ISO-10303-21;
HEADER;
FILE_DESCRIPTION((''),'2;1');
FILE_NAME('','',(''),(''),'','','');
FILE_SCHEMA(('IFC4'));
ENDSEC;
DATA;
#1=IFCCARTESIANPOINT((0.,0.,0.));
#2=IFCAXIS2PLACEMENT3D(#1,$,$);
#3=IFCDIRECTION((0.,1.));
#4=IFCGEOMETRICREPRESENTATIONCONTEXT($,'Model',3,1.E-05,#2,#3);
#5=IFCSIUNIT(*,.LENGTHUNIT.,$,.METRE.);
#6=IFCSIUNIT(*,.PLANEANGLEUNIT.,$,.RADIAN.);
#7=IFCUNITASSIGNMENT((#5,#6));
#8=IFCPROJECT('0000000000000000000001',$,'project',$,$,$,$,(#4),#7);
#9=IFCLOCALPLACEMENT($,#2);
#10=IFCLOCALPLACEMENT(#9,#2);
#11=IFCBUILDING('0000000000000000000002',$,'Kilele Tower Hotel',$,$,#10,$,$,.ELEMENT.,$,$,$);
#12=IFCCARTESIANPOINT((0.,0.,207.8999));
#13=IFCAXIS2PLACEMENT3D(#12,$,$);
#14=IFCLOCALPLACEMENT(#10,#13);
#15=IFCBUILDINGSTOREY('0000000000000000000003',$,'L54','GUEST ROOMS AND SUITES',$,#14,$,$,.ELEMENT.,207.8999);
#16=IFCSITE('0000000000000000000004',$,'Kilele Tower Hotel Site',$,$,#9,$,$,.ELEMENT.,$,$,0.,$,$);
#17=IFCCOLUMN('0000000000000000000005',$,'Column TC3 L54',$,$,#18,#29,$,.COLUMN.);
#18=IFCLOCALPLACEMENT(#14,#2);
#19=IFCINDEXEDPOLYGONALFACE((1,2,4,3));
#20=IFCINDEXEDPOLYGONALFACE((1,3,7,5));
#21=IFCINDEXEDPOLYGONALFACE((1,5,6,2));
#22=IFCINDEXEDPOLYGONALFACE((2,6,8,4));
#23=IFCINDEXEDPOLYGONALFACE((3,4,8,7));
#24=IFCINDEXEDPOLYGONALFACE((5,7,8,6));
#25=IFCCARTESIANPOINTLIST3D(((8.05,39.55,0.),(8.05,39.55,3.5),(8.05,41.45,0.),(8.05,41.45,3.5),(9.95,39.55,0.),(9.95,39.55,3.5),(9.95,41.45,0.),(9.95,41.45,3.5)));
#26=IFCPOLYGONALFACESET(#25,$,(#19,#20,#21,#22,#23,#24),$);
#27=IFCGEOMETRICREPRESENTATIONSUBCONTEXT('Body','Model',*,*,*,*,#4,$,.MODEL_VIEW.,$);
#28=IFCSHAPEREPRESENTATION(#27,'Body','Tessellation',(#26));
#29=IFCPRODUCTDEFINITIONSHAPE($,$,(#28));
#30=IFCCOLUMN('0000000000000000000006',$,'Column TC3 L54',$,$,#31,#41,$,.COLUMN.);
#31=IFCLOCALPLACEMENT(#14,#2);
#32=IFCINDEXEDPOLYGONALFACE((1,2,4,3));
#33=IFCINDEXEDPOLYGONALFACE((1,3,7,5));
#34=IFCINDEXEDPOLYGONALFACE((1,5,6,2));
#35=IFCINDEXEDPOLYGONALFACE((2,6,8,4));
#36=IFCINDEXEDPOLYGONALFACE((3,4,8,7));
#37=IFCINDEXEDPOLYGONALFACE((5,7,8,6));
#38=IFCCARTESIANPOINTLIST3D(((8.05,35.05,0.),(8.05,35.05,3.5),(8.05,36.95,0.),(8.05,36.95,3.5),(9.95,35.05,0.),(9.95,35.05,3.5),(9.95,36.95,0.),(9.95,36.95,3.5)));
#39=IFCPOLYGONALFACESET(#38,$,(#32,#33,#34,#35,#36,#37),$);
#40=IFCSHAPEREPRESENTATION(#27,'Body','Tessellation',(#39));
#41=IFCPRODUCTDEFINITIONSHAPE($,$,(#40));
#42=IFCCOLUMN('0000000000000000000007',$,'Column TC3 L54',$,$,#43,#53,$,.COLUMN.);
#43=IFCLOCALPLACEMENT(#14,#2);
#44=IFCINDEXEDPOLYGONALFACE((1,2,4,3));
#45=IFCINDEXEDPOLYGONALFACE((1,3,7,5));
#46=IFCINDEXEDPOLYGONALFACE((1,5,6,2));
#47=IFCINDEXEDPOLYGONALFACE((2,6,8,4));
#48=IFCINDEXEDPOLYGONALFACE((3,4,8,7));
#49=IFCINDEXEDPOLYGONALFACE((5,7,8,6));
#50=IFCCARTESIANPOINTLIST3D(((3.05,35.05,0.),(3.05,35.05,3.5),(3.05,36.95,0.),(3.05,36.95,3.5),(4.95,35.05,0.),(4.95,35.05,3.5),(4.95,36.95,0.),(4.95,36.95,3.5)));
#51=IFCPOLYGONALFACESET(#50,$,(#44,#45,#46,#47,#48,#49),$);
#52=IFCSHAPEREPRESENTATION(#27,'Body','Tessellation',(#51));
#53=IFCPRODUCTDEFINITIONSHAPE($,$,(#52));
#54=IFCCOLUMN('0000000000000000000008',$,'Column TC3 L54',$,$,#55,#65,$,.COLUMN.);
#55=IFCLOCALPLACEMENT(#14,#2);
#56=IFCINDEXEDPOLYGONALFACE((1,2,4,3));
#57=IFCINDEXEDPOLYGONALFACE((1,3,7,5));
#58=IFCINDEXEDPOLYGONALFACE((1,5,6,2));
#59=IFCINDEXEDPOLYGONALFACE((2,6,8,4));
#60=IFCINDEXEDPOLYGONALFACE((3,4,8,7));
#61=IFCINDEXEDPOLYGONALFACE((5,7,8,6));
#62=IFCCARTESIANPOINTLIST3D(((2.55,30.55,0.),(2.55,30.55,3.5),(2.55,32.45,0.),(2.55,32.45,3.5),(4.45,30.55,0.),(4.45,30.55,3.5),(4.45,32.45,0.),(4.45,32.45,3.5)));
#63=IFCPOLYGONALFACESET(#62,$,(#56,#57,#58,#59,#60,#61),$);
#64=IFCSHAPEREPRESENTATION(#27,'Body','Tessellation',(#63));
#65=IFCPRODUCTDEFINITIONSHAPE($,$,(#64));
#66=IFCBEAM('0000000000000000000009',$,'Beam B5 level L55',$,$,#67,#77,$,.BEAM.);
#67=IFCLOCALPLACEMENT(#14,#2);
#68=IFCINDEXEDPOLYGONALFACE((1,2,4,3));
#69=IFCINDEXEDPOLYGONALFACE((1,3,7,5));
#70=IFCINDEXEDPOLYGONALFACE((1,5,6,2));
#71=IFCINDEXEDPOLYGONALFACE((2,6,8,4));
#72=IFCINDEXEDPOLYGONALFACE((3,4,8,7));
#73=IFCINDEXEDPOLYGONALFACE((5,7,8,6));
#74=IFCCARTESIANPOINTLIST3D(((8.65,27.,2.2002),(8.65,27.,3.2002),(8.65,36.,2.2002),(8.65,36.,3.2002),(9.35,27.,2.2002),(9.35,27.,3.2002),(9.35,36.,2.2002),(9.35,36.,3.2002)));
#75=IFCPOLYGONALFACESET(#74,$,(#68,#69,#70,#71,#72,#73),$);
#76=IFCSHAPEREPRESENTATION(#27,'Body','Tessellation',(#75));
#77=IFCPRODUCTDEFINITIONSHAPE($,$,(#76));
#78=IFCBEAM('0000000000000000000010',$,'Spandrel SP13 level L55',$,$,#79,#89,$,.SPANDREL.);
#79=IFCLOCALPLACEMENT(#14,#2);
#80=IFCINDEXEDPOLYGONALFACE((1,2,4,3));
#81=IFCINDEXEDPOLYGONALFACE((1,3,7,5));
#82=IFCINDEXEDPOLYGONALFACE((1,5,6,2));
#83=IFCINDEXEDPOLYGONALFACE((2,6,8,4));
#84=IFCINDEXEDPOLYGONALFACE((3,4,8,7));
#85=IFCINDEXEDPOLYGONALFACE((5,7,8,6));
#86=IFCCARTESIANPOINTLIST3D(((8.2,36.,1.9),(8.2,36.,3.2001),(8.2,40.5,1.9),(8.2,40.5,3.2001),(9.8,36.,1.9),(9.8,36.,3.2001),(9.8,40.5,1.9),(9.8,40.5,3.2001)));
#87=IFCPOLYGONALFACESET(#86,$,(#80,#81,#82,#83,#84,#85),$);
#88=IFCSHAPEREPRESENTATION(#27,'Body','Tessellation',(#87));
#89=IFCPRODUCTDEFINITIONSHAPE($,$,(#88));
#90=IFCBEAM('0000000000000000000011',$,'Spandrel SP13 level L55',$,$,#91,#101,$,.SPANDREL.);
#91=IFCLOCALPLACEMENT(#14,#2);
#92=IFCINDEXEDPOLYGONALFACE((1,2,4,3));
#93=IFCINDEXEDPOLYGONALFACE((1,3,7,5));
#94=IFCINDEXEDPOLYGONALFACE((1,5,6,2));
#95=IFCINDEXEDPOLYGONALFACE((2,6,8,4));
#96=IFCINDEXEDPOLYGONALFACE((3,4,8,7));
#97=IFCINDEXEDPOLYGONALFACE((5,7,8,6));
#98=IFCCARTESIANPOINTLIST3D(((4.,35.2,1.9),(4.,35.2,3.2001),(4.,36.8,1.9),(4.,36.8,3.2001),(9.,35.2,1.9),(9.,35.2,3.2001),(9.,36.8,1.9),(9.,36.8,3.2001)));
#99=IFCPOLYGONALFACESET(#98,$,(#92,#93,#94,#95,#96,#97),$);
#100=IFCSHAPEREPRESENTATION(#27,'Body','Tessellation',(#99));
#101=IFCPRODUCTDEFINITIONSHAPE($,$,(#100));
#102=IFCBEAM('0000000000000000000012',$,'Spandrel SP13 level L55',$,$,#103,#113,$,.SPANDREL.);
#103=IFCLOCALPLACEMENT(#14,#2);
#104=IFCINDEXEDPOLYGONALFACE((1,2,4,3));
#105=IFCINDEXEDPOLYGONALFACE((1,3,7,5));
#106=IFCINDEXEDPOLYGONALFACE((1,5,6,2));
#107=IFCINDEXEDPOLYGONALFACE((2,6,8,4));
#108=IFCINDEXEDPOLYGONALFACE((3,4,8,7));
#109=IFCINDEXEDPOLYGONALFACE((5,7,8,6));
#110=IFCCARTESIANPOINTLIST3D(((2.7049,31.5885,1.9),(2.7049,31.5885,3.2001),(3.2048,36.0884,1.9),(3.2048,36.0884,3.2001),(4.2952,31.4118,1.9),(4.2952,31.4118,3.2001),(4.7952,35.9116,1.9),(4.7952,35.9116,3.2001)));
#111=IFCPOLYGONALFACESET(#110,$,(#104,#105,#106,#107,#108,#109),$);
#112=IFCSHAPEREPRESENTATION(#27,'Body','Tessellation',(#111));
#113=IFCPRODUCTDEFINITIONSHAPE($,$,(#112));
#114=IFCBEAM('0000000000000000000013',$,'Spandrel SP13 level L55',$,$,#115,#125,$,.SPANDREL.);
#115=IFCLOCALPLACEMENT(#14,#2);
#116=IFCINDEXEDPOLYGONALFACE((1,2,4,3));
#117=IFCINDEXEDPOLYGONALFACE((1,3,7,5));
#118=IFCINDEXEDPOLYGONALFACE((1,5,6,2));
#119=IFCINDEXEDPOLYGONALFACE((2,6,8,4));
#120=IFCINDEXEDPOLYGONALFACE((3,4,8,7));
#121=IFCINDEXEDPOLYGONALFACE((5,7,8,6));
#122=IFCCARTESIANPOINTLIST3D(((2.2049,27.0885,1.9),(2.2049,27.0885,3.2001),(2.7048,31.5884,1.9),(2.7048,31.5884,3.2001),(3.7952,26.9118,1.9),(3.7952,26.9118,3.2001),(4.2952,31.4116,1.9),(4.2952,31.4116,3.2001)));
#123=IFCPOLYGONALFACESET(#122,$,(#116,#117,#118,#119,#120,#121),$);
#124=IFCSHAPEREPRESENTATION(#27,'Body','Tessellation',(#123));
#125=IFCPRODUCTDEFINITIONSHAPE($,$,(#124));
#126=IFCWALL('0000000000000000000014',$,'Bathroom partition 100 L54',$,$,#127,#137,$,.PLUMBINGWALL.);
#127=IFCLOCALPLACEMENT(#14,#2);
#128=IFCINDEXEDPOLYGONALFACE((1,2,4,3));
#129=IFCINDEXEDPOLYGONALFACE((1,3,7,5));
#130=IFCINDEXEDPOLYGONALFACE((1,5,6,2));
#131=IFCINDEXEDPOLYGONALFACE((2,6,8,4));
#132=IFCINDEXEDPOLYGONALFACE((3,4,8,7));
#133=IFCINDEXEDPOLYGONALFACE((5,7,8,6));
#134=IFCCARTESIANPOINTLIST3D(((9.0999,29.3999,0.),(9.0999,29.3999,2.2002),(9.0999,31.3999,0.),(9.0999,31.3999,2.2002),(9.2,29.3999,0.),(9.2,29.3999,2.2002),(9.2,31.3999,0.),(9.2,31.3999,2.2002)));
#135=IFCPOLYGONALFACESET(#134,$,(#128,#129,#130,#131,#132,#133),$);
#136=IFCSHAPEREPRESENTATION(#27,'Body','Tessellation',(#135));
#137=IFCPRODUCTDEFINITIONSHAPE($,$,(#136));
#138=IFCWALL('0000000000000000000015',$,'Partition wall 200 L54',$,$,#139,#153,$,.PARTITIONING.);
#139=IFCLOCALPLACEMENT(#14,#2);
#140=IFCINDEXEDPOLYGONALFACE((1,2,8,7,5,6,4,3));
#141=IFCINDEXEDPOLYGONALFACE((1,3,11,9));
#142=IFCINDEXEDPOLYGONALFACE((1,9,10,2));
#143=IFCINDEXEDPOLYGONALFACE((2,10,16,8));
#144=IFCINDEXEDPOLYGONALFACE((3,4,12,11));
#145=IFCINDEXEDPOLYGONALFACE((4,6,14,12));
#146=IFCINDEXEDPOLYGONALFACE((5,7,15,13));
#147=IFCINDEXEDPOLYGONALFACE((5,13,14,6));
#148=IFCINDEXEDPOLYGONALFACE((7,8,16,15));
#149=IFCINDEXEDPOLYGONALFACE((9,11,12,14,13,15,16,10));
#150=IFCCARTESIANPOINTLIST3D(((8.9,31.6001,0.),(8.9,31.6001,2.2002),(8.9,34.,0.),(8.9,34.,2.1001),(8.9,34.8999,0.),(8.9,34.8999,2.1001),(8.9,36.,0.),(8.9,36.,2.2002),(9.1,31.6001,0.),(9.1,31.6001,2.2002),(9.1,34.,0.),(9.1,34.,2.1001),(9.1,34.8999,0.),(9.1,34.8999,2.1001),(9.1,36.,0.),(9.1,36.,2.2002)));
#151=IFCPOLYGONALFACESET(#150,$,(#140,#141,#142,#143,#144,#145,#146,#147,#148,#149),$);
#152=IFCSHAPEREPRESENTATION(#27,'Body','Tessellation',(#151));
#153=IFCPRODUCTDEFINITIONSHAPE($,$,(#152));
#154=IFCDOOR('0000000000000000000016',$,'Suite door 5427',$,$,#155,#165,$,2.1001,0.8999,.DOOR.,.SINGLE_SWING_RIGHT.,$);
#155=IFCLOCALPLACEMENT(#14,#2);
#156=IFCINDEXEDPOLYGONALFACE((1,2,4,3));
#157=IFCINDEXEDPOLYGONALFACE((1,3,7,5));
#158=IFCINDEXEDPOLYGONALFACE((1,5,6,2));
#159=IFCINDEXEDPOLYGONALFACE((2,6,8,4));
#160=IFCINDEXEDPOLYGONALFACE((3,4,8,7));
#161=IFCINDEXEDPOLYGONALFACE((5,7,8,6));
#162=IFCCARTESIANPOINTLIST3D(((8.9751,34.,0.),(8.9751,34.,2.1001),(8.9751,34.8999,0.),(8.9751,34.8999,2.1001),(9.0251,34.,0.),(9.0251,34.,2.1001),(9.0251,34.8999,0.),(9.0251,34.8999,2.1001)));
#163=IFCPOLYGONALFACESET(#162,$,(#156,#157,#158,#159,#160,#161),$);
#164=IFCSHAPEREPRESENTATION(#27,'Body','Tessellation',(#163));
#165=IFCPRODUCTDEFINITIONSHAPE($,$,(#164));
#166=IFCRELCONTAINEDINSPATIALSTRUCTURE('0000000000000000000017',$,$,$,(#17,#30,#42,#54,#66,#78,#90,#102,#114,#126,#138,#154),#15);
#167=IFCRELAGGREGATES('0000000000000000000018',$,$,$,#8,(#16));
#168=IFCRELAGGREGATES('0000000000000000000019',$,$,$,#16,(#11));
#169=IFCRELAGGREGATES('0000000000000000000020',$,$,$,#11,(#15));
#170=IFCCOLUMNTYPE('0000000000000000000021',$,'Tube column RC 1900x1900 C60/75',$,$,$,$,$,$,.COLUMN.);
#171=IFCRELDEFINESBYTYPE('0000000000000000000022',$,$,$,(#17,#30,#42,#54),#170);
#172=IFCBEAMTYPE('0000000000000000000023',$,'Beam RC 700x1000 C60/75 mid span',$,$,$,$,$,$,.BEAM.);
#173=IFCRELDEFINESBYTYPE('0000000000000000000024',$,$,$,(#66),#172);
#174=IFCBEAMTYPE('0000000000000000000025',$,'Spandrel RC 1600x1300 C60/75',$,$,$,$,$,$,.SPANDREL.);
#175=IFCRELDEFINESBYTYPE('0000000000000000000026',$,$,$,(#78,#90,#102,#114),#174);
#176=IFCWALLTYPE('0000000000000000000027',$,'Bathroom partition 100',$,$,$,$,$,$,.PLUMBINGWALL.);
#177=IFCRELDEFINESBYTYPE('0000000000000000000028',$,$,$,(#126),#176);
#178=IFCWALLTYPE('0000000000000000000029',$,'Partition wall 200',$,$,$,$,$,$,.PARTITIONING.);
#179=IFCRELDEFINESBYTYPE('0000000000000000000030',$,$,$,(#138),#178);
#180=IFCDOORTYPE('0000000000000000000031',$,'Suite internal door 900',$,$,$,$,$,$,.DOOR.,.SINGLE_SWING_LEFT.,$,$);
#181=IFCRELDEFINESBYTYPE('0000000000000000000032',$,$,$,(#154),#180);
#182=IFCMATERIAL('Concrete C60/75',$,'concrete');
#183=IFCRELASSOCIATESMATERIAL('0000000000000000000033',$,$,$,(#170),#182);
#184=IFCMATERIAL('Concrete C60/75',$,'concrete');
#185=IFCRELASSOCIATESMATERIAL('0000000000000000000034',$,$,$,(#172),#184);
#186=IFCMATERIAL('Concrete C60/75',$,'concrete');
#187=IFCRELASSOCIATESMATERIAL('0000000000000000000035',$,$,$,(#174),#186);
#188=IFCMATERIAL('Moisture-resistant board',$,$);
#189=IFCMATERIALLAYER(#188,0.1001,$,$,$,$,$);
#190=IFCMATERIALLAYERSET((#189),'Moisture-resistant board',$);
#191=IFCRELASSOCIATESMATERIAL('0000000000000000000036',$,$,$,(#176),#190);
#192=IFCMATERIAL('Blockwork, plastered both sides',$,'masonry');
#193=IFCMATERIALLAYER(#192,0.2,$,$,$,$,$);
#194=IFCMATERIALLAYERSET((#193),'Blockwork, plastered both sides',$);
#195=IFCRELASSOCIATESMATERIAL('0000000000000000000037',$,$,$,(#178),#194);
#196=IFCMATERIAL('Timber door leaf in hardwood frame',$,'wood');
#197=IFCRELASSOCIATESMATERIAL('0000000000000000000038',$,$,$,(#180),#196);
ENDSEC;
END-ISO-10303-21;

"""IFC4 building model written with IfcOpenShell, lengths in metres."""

from ifc_helpers import new_model, si_unit, direction, frame, frame_2d, origin, origin_2d, place, context, subcontext, project, spatial, rectangle, extrude, material, layer, layer_set, material_profile, profile_set, type_object, element, fill, save


model = new_model("IFC4")

# Units and contexts
model_context = context("Model", 3, precision=1e-05, world=origin(), true_north=direction((0.0, 1.0)))
body_context = subcontext(model_context, "Body", "Model", "MODEL_VIEW")
ifc_project = project(units=[si_unit("LENGTHUNIT", "METRE"), si_unit("PLANEANGLEUNIT", "RADIAN")], contexts=[model_context])

# Site, building, storey
site_placement = place(None, origin())
site = spatial("IfcSite", under=ifc_project, at=site_placement, Name="Kilele Tower Hotel Site", CompositionType="ELEMENT", RefElevation=0.0)
building_placement = place(site_placement, origin())
building = spatial("IfcBuilding", under=site, at=building_placement, Name="Kilele Tower Hotel", CompositionType="ELEMENT")
storey_placement = place(building_placement, frame((0.0, 0.0, 207.8999)))
storey = spatial("IfcBuildingStorey", under=building, at=storey_placement, Name="L54", Description="GUEST ROOMS AND SUITES", CompositionType="ELEMENT", Elevation=207.8999)

# Columns
ifc_material_1 = material(Name="Concrete C60/75", Category="concrete")
ifc_material_profile_1 = material_profile(ifc_material_1, rectangle(XDim=1.8999, YDim=1.8999, at=origin_2d()))
ifc_profile_set_1 = profile_set([ifc_material_profile_1], Name="Concrete C60/75")
column_type = type_object("IfcColumnType", Name="Tube column RC 1900x1900 C60/75", PredefinedType="COLUMN", material=ifc_profile_set_1)
for number, where, z_axis, x_axis, name in (
    (1, (9.0, 40.5, 0.0), (0.0, 0.0, 1.0), (1.0, 0.0, 0.0), "Column TC3 L54"),
    (2, (9.0, 36.0, 0.0), (0.0, 0.0, 1.0), (1.0, 0.0, 0.0), "Column TC3 L54"),
    (3, (4.0, 36.0, 0.0), (0.0, 0.0, 1.0), (1.0, 0.0, 0.0), "Column TC3 L54"),
    (4, (3.5, 31.5, 0.0), (0.0, 0.0, 1.0), (1.0, 0.0, 0.0), "Column TC3 L54"),
):
    element("IfcColumn", number, at=place(storey_placement, frame(where, z_axis=z_axis, x_axis=x_axis)), inside=storey, type_object=column_type, Name=name, PredefinedType="COLUMN", context=body_context, shape_type="SweptSolid", body=[
        extrude(rectangle(XDim=1.8999, YDim=1.8999, at=origin_2d()), origin(), (0.0, 0.0, 1.0), 3.5),
    ])

# Beams
ifc_material_2 = material(Name="Concrete C60/75", Category="concrete")
ifc_material_profile_2 = material_profile(ifc_material_2, rectangle(XDim=0.7, YDim=1.0, at=origin_2d()))
ifc_profile_set_2 = profile_set([ifc_material_profile_2], Name="Concrete C60/75")
beam_type_1 = type_object("IfcBeamType", Name="Beam RC 700x1000 C60/75 mid span", PredefinedType="BEAM", material=ifc_profile_set_2)
beam_1_placement = place(storey_placement, frame((9.0, 36.0, 2.7002), z_axis=(0.0, -1.0, 0.0), x_axis=(1.0, 0.0, 0.0)))
element("IfcBeam", 5, at=beam_1_placement, inside=storey, type_object=beam_type_1, Name="Beam B5 level L55", PredefinedType="BEAM", context=body_context, shape_type="SweptSolid", body=[
    extrude(rectangle(XDim=0.7, YDim=1.0, at=origin_2d()), origin(), (0.0, 0.0, 1.0), 9.0),
])
ifc_material_3 = material(Name="Concrete C60/75", Category="concrete")
ifc_material_profile_3 = material_profile(ifc_material_3, rectangle(XDim=1.6001, YDim=1.3, at=origin_2d()))
ifc_profile_set_3 = profile_set([ifc_material_profile_3], Name="Concrete C60/75")
beam_type_2 = type_object("IfcBeamType", Name="Spandrel RC 1600x1300 C60/75", PredefinedType="SPANDREL", material=ifc_profile_set_3)
beam_2_placement = place(storey_placement, frame((9.0, 40.5, 2.55), z_axis=(0.0, -1.0, 0.0), x_axis=(1.0, 0.0, 0.0)))
element("IfcBeam", 6, at=beam_2_placement, inside=storey, type_object=beam_type_2, Name="Spandrel SP13 level L55", PredefinedType="SPANDREL", context=body_context, shape_type="SweptSolid", body=[
    extrude(rectangle(XDim=1.6001, YDim=1.3, at=origin_2d()), origin(), (0.0, 0.0, 1.0), 4.5),
])
beam_3_placement = place(storey_placement, frame((9.0, 36.0, 2.55), z_axis=(-1.0, 0.0, 0.0), x_axis=(0.0, -1.0, 0.0)))
element("IfcBeam", 7, at=beam_3_placement, inside=storey, type_object=beam_type_2, Name="Spandrel SP13 level L55", PredefinedType="SPANDREL", context=body_context, shape_type="SweptSolid", body=[
    extrude(rectangle(XDim=1.6001, YDim=1.3, at=origin_2d()), origin(), (0.0, 0.0, 1.0), 5.0),
])
for number, where, z_axis, x_axis, name in (
    (8, (4.0, 36.0, 2.55), (-0.110432, -0.993884, 0.0), (0.993884, -0.110432, 0.0), "Spandrel SP13 level L55"),
    (9, (3.5, 31.5, 2.55), (-0.110432, -0.993884, 0.0), (0.993884, -0.110432, 0.0), "Spandrel SP13 level L55"),
):
    element("IfcBeam", number, at=place(storey_placement, frame(where, z_axis=z_axis, x_axis=x_axis)), inside=storey, type_object=beam_type_2, Name=name, PredefinedType="SPANDREL", context=body_context, shape_type="SweptSolid", body=[
        extrude(rectangle(XDim=1.6001, YDim=1.3, at=origin_2d()), origin(), (0.0, 0.0, 1.0), 4.5276),
    ])

# Wall
ifc_material_4 = material(Name="Moisture-resistant board")
ifc_layer_1 = layer(ifc_material_4, 0.1001)
ifc_layer_set_1 = layer_set([ifc_layer_1], Name="Moisture-resistant board")
wall_type_1 = type_object("IfcWallType", Name="Bathroom partition 100", PredefinedType="PLUMBINGWALL", material=ifc_layer_set_1)
wall_1_placement = place(storey_placement, frame((9.1499, 31.3999, 0.0), z_axis=(0.0, 0.0, 1.0), x_axis=(0.0, -1.0, 0.0)))
element("IfcWall", 10, at=wall_1_placement, inside=storey, type_object=wall_type_1, Name="Bathroom partition 100 L54", PredefinedType="PLUMBINGWALL", context=body_context, shape_type="SweptSolid", body=[
    extrude(rectangle(XDim=2.0, YDim=0.1001, at=frame_2d((1.0, 0.0))), origin(), (0.0, 0.0, 1.0), 2.2002),
])

# Wall, opening, door
ifc_material_5 = material(Name="Blockwork, plastered both sides", Category="masonry")
ifc_layer_2 = layer(ifc_material_5, 0.2)
ifc_layer_set_2 = layer_set([ifc_layer_2], Name="Blockwork, plastered both sides")
wall_type_2 = type_object("IfcWallType", Name="Partition wall 200", PredefinedType="PARTITIONING", material=ifc_layer_set_2)
wall_2_placement = place(storey_placement, frame((9.0, 31.6001, 0.0), z_axis=(0.0, 0.0, 1.0), x_axis=(0.0, 1.0, 0.0)))
wall_2 = element("IfcWall", 11, at=wall_2_placement, inside=storey, type_object=wall_type_2, Name="Partition wall 200 L54", PredefinedType="PARTITIONING", context=body_context, shape_type="SweptSolid", body=[
    extrude(rectangle(XDim=4.3999, YDim=0.2, at=frame_2d((2.2, 0.0))), origin(), (0.0, 0.0, 1.0), 2.2002),
])
opening_1_placement = place(wall_2_placement, frame((2.3999, 0.0, 0.0)))
opening_1 = element("IfcOpeningElement", 12, at=opening_1_placement, cuts=wall_2, PredefinedType="OPENING", context=body_context, shape_type="SweptSolid", body=[
    extrude(rectangle(XDim=0.8999, YDim=2.1001, at=frame_2d((0.45, 1.05))), frame((0.0, 0.1099, 0.0), z_axis=(0.0, -1.0, 0.0), x_axis=(1.0, 0.0, 0.0)), (0.0, 0.0, 1.0), 0.22),
])
ifc_material_6 = material(Name="Timber door leaf in hardwood frame", Category="wood")
door_type = type_object("IfcDoorType", Name="Suite internal door 900", OperationType="SINGLE_SWING_LEFT", PredefinedType="DOOR", material=ifc_material_6)
door_placement = place(opening_1_placement, origin())
door = element("IfcDoor", 13, at=door_placement, inside=storey, type_object=door_type, Name="Suite door 5427", OperationType="SINGLE_SWING_RIGHT", OverallHeight=2.1001, OverallWidth=0.8999, PredefinedType="DOOR", context=body_context, shape_type="SweptSolid", body=[
    extrude(rectangle(XDim=0.8999, YDim=2.1001, at=frame_2d((0.45, 1.05))), frame((0.0, 0.0249, 0.0), z_axis=(0.0, -1.0, 0.0), x_axis=(1.0, 0.0, 0.0)), (0.0, 0.0, 1.0), 0.05),
])
fill(opening_1, door)

save(model, "model.ifc")
